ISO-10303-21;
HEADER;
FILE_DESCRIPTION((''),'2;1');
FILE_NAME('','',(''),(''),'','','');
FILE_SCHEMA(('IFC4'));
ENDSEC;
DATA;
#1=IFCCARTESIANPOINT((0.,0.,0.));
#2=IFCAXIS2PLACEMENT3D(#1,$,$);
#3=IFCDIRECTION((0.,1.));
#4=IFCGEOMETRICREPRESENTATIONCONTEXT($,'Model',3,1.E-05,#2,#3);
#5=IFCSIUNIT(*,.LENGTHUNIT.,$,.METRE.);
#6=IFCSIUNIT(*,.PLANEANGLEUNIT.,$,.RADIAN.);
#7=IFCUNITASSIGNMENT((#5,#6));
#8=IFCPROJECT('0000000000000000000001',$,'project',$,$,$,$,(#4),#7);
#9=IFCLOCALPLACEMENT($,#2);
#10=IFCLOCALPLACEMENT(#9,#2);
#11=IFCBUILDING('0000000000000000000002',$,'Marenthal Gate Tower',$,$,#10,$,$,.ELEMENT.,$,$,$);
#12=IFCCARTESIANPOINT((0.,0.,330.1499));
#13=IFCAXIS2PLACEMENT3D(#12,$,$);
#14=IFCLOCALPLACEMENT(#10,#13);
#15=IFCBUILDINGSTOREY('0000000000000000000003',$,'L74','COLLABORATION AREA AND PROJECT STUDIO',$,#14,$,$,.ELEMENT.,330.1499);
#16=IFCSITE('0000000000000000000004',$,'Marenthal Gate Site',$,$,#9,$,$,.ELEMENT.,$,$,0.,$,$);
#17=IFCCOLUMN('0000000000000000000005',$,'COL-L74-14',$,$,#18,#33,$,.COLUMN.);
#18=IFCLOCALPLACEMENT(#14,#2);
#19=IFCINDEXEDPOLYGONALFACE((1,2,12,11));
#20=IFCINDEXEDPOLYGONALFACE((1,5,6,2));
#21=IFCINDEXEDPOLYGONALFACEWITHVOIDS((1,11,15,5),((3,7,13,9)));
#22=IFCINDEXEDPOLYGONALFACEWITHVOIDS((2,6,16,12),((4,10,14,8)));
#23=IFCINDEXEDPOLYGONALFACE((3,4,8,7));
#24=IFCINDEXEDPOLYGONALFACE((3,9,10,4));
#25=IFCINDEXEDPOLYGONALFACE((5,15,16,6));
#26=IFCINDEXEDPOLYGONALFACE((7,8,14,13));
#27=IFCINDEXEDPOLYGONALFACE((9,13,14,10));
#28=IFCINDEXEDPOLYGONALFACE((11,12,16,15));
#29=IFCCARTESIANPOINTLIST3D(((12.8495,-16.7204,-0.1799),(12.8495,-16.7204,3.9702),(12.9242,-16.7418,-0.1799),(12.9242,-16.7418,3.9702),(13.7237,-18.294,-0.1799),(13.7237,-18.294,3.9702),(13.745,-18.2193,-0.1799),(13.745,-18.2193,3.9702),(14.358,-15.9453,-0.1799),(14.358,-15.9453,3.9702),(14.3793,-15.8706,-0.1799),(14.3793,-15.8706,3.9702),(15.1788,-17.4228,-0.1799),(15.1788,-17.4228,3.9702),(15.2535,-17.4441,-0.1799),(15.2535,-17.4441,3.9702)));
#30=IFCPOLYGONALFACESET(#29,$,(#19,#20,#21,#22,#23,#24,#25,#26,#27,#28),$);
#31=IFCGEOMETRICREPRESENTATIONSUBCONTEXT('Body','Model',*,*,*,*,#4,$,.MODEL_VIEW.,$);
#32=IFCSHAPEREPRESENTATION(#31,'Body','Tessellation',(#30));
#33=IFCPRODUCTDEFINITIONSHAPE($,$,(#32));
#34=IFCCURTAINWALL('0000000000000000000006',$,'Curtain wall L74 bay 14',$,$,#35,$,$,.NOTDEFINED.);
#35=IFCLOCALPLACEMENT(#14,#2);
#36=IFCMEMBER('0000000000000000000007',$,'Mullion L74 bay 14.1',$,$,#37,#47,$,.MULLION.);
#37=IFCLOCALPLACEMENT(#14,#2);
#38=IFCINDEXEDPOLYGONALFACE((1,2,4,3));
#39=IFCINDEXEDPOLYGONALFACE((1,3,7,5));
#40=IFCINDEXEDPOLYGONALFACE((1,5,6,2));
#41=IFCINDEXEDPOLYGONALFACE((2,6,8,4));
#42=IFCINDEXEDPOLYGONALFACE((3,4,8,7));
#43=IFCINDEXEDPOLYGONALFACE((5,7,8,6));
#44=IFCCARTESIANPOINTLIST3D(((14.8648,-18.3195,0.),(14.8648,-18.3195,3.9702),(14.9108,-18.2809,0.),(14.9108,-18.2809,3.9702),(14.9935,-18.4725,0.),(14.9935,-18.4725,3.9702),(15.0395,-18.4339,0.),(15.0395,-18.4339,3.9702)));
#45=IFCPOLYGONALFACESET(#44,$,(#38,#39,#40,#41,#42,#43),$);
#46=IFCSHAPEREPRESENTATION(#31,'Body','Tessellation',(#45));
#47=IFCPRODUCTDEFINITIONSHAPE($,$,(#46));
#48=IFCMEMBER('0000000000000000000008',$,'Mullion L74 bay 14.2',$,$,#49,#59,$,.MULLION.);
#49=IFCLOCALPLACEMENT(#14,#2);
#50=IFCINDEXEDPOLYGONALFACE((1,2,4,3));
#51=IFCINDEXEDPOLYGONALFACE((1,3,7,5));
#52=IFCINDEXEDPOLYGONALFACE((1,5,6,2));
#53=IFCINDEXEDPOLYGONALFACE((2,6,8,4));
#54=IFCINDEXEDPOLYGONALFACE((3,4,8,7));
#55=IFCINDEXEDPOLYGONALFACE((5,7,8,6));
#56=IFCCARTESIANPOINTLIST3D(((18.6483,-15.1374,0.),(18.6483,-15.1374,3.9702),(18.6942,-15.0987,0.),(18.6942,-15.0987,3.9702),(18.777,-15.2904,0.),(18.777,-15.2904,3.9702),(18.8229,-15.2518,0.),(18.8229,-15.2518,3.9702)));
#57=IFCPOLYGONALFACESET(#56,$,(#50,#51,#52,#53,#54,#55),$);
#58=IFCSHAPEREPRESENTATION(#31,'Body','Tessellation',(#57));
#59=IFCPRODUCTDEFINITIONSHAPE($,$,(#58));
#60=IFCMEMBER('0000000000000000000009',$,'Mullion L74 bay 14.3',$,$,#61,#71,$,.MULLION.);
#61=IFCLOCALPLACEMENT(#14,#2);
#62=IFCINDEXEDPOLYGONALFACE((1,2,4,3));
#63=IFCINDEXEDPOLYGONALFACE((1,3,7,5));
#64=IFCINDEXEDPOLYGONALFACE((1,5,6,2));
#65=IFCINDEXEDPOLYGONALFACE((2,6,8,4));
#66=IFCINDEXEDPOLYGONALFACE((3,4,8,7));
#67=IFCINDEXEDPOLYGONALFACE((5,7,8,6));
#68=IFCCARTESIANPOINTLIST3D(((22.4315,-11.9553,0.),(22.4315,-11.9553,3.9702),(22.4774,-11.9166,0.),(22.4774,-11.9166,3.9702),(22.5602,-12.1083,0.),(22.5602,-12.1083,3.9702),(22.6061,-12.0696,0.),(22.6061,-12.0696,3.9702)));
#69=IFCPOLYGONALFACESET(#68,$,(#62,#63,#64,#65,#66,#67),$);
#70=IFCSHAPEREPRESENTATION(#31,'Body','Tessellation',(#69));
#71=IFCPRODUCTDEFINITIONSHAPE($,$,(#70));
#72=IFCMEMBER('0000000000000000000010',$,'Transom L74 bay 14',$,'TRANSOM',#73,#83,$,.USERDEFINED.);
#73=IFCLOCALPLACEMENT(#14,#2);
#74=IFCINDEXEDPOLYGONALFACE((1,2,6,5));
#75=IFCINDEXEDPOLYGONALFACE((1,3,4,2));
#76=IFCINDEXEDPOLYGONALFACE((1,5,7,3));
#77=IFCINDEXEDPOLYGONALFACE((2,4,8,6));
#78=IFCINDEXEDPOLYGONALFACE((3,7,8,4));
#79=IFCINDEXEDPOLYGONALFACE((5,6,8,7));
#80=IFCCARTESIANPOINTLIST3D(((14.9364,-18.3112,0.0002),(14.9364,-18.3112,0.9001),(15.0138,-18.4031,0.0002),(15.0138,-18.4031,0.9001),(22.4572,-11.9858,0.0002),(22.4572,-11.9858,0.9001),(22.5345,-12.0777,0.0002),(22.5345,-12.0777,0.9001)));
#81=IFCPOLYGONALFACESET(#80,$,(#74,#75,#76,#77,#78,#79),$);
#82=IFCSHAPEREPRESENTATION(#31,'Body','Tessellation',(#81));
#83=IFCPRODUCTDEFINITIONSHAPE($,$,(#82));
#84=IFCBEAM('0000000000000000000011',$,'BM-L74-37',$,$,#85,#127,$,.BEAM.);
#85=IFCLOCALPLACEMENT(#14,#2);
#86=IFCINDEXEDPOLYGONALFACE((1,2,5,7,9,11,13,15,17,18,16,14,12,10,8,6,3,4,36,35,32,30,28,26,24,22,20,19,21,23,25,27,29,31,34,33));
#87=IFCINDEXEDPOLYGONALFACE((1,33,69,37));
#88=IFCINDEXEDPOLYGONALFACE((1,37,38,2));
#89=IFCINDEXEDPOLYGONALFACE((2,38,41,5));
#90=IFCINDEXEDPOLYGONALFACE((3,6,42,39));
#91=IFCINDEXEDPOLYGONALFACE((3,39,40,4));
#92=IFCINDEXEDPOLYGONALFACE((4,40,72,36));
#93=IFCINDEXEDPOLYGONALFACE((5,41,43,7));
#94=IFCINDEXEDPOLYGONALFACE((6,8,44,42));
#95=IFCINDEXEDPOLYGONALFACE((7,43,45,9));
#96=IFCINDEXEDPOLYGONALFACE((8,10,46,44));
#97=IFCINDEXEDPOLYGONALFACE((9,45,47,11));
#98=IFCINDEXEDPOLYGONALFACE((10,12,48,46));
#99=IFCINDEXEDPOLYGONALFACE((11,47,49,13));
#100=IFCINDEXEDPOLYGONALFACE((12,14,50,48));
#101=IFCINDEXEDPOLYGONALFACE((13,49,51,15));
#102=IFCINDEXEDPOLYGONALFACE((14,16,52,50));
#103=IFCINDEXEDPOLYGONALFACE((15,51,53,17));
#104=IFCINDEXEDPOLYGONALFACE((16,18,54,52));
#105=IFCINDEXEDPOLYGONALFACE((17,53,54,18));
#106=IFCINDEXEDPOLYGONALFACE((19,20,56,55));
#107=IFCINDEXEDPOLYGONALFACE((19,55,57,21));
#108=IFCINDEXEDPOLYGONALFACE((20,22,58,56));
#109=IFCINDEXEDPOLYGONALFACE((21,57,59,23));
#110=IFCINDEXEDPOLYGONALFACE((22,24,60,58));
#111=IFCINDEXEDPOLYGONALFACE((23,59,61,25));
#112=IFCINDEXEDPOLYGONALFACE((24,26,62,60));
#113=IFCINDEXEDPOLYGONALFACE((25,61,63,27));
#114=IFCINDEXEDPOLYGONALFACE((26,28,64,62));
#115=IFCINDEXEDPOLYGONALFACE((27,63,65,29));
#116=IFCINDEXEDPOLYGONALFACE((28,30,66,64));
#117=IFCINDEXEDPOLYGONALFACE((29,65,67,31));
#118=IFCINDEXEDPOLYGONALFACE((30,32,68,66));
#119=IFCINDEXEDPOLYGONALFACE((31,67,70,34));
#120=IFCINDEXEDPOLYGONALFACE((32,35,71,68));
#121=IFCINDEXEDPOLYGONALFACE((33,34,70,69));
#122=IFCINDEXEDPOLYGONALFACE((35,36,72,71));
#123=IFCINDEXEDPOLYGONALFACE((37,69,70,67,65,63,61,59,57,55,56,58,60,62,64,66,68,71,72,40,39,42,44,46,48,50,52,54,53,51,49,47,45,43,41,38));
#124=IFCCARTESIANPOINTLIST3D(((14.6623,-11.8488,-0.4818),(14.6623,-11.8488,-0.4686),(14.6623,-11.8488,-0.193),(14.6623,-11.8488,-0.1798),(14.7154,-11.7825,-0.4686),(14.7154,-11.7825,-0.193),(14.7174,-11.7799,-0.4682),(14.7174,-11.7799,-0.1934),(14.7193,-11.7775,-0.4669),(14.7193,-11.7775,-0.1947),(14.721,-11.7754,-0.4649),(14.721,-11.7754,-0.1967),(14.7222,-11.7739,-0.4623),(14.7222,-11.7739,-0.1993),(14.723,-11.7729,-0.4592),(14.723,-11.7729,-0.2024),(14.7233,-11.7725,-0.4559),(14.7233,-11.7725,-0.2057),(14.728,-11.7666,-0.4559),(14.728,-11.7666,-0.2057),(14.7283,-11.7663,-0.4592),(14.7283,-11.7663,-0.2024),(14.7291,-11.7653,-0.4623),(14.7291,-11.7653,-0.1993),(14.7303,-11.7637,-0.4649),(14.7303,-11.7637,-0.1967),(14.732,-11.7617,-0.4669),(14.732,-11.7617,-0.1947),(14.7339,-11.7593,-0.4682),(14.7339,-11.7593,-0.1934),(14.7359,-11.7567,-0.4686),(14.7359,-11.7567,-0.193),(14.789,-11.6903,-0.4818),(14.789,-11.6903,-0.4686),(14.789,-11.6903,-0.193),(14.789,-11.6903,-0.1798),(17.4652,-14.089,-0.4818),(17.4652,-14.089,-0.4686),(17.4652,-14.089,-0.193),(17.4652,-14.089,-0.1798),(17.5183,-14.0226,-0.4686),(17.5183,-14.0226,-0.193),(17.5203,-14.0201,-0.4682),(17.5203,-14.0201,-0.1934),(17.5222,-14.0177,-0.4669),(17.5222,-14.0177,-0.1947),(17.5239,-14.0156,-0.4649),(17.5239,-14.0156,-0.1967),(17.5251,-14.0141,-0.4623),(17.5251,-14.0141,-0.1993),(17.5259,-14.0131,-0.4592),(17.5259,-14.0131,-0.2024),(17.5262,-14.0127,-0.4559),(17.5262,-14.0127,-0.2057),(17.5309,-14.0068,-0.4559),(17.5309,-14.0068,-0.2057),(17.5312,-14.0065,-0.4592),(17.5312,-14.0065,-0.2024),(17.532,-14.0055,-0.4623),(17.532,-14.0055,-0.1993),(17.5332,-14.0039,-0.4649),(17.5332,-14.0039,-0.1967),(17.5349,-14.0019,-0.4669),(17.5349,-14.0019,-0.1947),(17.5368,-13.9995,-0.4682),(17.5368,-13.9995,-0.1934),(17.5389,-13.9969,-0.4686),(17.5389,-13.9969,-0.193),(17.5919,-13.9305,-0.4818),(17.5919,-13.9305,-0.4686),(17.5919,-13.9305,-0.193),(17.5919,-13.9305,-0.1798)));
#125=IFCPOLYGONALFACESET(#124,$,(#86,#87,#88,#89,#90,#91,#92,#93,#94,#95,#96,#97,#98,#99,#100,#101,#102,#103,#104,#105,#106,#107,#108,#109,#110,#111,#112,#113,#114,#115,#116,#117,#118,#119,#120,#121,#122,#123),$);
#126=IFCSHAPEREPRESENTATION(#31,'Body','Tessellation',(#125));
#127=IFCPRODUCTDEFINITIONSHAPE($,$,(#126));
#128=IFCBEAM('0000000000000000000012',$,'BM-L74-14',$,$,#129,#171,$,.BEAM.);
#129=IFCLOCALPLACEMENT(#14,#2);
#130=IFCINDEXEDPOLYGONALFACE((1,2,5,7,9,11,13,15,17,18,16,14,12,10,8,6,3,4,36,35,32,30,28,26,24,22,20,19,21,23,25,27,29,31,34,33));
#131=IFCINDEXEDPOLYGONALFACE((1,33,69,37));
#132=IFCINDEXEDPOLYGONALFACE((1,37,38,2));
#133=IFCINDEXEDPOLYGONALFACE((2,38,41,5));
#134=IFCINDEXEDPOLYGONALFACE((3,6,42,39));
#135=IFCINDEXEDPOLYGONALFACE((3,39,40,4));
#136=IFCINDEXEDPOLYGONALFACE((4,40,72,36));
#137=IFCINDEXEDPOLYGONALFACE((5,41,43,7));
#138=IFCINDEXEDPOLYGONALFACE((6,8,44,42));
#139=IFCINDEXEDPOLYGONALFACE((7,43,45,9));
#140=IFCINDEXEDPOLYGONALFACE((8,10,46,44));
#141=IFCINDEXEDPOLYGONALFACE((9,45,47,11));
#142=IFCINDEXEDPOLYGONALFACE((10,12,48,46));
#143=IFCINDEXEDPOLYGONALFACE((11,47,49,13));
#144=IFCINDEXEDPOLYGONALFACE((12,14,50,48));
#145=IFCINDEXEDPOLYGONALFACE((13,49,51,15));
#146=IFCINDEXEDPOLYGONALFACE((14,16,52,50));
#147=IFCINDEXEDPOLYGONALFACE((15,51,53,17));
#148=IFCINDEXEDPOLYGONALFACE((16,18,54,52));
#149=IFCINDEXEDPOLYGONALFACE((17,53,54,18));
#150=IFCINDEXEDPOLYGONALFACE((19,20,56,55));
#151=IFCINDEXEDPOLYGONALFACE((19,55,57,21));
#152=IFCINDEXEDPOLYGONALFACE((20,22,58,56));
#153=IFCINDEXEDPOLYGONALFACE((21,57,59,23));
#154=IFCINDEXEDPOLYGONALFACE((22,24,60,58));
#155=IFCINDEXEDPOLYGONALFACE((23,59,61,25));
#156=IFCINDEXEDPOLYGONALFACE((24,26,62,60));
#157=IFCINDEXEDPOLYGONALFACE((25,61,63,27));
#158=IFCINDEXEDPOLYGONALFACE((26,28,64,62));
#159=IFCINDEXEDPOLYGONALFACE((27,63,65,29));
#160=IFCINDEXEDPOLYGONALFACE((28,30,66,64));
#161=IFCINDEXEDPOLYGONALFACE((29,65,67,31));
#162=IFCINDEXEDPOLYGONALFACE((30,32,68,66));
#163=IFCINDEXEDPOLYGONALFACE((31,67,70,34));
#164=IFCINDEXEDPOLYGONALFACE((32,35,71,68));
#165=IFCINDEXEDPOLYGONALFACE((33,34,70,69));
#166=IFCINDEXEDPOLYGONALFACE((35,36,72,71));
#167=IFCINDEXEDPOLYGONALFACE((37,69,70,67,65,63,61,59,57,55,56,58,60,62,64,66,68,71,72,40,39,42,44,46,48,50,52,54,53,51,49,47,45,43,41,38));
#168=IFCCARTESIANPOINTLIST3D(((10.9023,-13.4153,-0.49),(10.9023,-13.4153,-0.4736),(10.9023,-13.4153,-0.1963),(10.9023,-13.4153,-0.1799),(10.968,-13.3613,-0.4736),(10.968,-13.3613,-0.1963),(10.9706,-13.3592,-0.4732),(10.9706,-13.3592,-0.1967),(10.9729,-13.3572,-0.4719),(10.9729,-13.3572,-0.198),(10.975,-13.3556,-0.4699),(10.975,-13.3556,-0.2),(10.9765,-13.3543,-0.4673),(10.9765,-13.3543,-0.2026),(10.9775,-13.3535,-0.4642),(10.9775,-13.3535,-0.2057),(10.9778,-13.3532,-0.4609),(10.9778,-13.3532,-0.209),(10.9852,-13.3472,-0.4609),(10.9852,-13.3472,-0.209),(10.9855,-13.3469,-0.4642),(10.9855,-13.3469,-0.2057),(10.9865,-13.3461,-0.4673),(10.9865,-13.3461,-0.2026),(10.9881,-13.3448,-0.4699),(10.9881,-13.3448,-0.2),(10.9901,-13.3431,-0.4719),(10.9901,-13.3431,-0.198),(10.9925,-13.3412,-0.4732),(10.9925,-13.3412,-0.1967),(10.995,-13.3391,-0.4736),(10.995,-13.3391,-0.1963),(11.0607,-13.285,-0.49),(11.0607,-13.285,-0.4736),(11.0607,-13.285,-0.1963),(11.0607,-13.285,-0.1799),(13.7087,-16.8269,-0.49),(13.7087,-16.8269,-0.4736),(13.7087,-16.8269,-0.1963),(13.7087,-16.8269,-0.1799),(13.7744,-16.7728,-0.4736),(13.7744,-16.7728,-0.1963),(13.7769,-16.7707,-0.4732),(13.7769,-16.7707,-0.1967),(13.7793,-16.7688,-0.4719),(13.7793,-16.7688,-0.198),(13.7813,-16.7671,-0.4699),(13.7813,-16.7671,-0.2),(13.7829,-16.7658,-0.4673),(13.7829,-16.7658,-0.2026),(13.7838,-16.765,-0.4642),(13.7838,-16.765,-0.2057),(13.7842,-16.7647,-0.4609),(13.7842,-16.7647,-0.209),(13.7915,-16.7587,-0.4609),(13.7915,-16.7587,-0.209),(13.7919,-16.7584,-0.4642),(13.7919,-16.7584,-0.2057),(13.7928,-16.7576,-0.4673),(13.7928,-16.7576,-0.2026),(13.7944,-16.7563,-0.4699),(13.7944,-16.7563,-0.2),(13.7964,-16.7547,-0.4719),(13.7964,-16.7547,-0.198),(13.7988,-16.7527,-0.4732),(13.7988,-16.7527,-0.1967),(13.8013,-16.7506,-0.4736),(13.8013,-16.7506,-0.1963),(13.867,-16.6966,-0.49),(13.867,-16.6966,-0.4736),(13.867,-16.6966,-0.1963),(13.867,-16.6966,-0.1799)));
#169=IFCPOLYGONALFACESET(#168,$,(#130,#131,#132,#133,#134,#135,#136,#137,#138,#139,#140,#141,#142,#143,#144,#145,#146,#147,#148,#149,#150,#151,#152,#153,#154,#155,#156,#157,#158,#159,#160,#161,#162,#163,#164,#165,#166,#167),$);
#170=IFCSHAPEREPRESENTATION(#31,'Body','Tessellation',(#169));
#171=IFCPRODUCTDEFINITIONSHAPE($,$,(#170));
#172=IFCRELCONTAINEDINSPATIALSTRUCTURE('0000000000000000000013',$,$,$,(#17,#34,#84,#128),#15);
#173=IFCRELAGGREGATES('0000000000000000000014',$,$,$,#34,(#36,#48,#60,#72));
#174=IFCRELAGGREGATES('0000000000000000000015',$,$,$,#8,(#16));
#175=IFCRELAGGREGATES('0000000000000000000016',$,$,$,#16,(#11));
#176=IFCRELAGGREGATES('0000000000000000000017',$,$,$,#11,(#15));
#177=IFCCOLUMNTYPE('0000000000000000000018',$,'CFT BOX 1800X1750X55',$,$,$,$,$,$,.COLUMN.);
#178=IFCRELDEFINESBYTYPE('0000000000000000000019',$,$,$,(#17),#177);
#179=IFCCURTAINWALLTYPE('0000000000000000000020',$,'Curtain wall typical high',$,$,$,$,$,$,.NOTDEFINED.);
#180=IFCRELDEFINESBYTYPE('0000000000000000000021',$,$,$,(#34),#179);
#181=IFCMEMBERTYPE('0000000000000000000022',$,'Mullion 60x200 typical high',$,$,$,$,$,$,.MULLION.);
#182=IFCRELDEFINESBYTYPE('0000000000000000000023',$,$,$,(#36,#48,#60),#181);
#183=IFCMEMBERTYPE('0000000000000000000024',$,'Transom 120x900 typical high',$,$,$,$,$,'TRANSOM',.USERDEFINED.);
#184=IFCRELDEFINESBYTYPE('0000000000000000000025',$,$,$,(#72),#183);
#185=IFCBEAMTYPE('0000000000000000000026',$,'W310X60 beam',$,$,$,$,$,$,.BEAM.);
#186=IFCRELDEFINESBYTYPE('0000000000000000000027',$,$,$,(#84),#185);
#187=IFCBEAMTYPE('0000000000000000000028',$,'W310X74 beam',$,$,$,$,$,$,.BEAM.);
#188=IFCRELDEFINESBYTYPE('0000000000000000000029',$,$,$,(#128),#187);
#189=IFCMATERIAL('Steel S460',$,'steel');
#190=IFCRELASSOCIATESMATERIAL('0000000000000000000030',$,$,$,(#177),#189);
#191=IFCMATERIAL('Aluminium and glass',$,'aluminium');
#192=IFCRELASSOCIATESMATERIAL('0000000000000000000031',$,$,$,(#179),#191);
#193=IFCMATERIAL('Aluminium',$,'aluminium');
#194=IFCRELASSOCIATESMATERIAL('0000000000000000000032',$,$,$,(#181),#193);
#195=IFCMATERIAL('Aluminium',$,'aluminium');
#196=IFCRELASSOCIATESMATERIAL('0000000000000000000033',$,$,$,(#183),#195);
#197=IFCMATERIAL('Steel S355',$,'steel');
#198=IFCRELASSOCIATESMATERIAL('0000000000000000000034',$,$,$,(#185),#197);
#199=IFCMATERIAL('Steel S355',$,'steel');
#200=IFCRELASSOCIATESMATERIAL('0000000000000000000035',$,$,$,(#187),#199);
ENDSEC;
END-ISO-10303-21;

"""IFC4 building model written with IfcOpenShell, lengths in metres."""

from ifc_helpers import new_model, si_unit, direction, frame, origin, origin_2d, place, context, subcontext, project, spatial, rectangle, hollow_rectangle, i_section, extrude, material, material_profile, profile_set, type_object, element, aggregate, save


model = new_model("IFC4")

# Units and contexts
model_context = context("Model", 3, precision=1e-05, world=origin(), true_north=direction((0.0, 1.0)))
body_context = subcontext(model_context, "Body", "Model", "MODEL_VIEW")
ifc_project = project(units=[si_unit("LENGTHUNIT", "METRE"), si_unit("PLANEANGLEUNIT", "RADIAN")], contexts=[model_context])

# Site, building, storey
site_placement = place(None, origin())
site = spatial("IfcSite", under=ifc_project, at=site_placement, Name="Marenthal Gate Site", CompositionType="ELEMENT", RefElevation=0.0)
building_placement = place(site_placement, origin())
building = spatial("IfcBuilding", under=site, at=building_placement, Name="Marenthal Gate Tower", CompositionType="ELEMENT")
storey_placement = place(building_placement, frame((0.0, 0.0, 330.1499)))
storey = spatial("IfcBuildingStorey", under=building, at=storey_placement, Name="L74", Description="COLLABORATION AREA AND PROJECT STUDIO", CompositionType="ELEMENT", Elevation=330.1499)

# Column
ifc_material_1 = material(Name="Steel S460", Category="steel")
ifc_material_profile_1 = material_profile(ifc_material_1, hollow_rectangle(XDim=1.75, YDim=1.8, WallThickness=0.0549, at=origin_2d()), Name="CFT BOX 1800X1750X55")
ifc_material_2 = material(Name="Concrete 70 MPa", Category="concrete")
ifc_material_profile_2 = material_profile(ifc_material_2, rectangle(XDim=1.6399, YDim=1.6899, at=origin_2d()), Name="CFT BOX 1800X1750X55 INFILL")
ifc_profile_set_1 = profile_set([ifc_material_profile_1, ifc_material_profile_2], Name="Steel S460 shell, Concrete 70 MPa infill")
column_type = type_object("IfcColumnType", Name="CFT BOX 1800X1750X55", PredefinedType="COLUMN", material=ifc_profile_set_1)
column_placement = place(storey_placement, frame((14.0515, -17.0823, -0.1799), z_axis=(0.0, 0.0, 1.0), x_axis=(-0.874163, -0.485632, 0.0)))
element("IfcColumn", 1, at=column_placement, inside=storey, type_object=column_type, Name="COL-L74-14", PredefinedType="COLUMN", context=body_context, shape_type="SweptSolid", body=[
    extrude(hollow_rectangle(XDim=1.75, YDim=1.8, WallThickness=0.0549, at=origin_2d()), origin(), (0.0, 0.0, 1.0), 4.1501),
])

# Curtain wall, members
ifc_material_3 = material(Name="Aluminium and glass", Category="aluminium")
curtain_wall_type = type_object("IfcCurtainWallType", Name="Curtain wall typical high", PredefinedType="NOTDEFINED", material=ifc_material_3)
curtain_wall_placement = place(storey_placement, origin())
curtain_wall = element("IfcCurtainWall", 2, at=curtain_wall_placement, inside=storey, type_object=curtain_wall_type, Name="Curtain wall L74 bay 14", PredefinedType="NOTDEFINED")
ifc_material_4 = material(Name="Aluminium", Category="aluminium")
ifc_material_profile_3 = material_profile(ifc_material_4, rectangle(XDim=0.2, YDim=0.0601, at=origin_2d()), Name="60x200 aluminium mullion")
ifc_profile_set_2 = profile_set([ifc_material_profile_3], Name="Aluminium")
member_type_1 = type_object("IfcMemberType", Name="Mullion 60x200 typical high", PredefinedType="MULLION", material=ifc_profile_set_2)
member_1_placement = place(storey_placement, frame((14.9521, -18.3767, 0.0), z_axis=(0.0, 0.0, 1.0), x_axis=(-0.643676, 0.765298, 0.0)))
member_1 = element("IfcMember", 3, at=member_1_placement, type_object=member_type_1, Name="Mullion L74 bay 14.1", PredefinedType="MULLION", context=body_context, shape_type="SweptSolid", body=[
    extrude(rectangle(XDim=0.2, YDim=0.0601, at=origin_2d()), origin(), (0.0, 0.0, 1.0), 3.9702),
])
member_2_placement = place(storey_placement, frame((18.7356, -15.1946, 0.0), z_axis=(0.0, 0.0, 1.0), x_axis=(-0.643676, 0.765298, 0.0)))
member_2 = element("IfcMember", 4, at=member_2_placement, type_object=member_type_1, Name="Mullion L74 bay 14.2", PredefinedType="MULLION", context=body_context, shape_type="SweptSolid", body=[
    extrude(rectangle(XDim=0.2, YDim=0.0601, at=origin_2d()), origin(), (0.0, 0.0, 1.0), 3.9702),
])
member_3_placement = place(storey_placement, frame((22.5188, -12.0125, 0.0), z_axis=(0.0, 0.0, 1.0), x_axis=(-0.643676, 0.765298, 0.0)))
member_3 = element("IfcMember", 5, at=member_3_placement, type_object=member_type_1, Name="Mullion L74 bay 14.3", PredefinedType="MULLION", context=body_context, shape_type="SweptSolid", body=[
    extrude(rectangle(XDim=0.2, YDim=0.0601, at=origin_2d()), origin(), (0.0, 0.0, 1.0), 3.9702),
])
ifc_material_5 = material(Name="Aluminium", Category="aluminium")
ifc_material_profile_4 = material_profile(ifc_material_5, rectangle(XDim=0.1201, YDim=0.8999, at=origin_2d()), Name="120x900 aluminium transom")
ifc_profile_set_3 = profile_set([ifc_material_profile_4], Name="Aluminium")
member_type_2 = type_object("IfcMemberType", Name="Transom 120x900 typical high", ElementType="TRANSOM", PredefinedType="USERDEFINED", material=ifc_profile_set_3)
member_4_placement = place(storey_placement, frame((14.9751, -18.3572, 0.4502), z_axis=(0.765303, 0.64367, 0.0), x_axis=(-0.64367, 0.765303, 0.0)))
member_4 = element("IfcMember", 6, at=member_4_placement, type_object=member_type_2, Name="Transom L74 bay 14", ObjectType="TRANSOM", PredefinedType="USERDEFINED", context=body_context, shape_type="SweptSolid", body=[
    extrude(rectangle(XDim=0.1201, YDim=0.8999, at=origin_2d()), origin(), (0.0, 0.0, 1.0), 9.8271),
])

# Beams
ifc_material_6 = material(Name="Steel S355", Category="steel")
ifc_material_profile_5 = material_profile(ifc_material_6, i_section(OverallWidth=0.2029, OverallDepth=0.302, WebThickness=0.0076, FlangeThickness=0.0132, FilletRadius=0.0127, at=origin_2d()), Name="W310X60")
ifc_profile_set_4 = profile_set([ifc_material_profile_5], Name="Steel S355")
beam_type_1 = type_object("IfcBeamType", Name="W310X60 beam", PredefinedType="BEAM", material=ifc_profile_set_4)
beam_1_placement = place(storey_placement, frame((17.5286, -14.0098, -0.3308), z_axis=(-0.781161, 0.62433, 0.0), x_axis=(-0.62433, -0.781161, 0.0)))
element("IfcBeam", 7, at=beam_1_placement, inside=storey, type_object=beam_type_1, Name="BM-L74-37", PredefinedType="BEAM", context=body_context, shape_type="SweptSolid", body=[
    extrude(i_section(OverallWidth=0.2029, OverallDepth=0.302, WebThickness=0.0076, FlangeThickness=0.0132, FilletRadius=0.0127, at=origin_2d()), origin(), (0.0, 0.0, 1.0), 3.5881),
])
ifc_material_7 = material(Name="Steel S355", Category="steel")
ifc_material_profile_6 = material_profile(ifc_material_7, i_section(OverallWidth=0.2051, OverallDepth=0.3101, WebThickness=0.0095, FlangeThickness=0.0164, FilletRadius=0.0127, at=origin_2d()), Name="W310X74")
ifc_profile_set_5 = profile_set([ifc_material_profile_6], Name="Steel S355")
beam_type_2 = type_object("IfcBeamType", Name="W310X74 beam", PredefinedType="BEAM", material=ifc_profile_set_5)
beam_2_placement = place(storey_placement, frame((13.7878, -16.7617, -0.335), z_axis=(-0.635279, 0.772283, 0.0), x_axis=(-0.772283, -0.635279, 0.0)))
element("IfcBeam", 8, at=beam_2_placement, inside=storey, type_object=beam_type_2, Name="BM-L74-14", PredefinedType="BEAM", context=body_context, shape_type="SweptSolid", body=[
    extrude(i_section(OverallWidth=0.2051, OverallDepth=0.3101, WebThickness=0.0095, FlangeThickness=0.0164, FilletRadius=0.0127, at=origin_2d()), origin(), (0.0, 0.0, 1.0), 4.4175),
])

aggregate(curtain_wall, [member_1, member_2, member_3, member_4])

save(model, "model.ifc")
